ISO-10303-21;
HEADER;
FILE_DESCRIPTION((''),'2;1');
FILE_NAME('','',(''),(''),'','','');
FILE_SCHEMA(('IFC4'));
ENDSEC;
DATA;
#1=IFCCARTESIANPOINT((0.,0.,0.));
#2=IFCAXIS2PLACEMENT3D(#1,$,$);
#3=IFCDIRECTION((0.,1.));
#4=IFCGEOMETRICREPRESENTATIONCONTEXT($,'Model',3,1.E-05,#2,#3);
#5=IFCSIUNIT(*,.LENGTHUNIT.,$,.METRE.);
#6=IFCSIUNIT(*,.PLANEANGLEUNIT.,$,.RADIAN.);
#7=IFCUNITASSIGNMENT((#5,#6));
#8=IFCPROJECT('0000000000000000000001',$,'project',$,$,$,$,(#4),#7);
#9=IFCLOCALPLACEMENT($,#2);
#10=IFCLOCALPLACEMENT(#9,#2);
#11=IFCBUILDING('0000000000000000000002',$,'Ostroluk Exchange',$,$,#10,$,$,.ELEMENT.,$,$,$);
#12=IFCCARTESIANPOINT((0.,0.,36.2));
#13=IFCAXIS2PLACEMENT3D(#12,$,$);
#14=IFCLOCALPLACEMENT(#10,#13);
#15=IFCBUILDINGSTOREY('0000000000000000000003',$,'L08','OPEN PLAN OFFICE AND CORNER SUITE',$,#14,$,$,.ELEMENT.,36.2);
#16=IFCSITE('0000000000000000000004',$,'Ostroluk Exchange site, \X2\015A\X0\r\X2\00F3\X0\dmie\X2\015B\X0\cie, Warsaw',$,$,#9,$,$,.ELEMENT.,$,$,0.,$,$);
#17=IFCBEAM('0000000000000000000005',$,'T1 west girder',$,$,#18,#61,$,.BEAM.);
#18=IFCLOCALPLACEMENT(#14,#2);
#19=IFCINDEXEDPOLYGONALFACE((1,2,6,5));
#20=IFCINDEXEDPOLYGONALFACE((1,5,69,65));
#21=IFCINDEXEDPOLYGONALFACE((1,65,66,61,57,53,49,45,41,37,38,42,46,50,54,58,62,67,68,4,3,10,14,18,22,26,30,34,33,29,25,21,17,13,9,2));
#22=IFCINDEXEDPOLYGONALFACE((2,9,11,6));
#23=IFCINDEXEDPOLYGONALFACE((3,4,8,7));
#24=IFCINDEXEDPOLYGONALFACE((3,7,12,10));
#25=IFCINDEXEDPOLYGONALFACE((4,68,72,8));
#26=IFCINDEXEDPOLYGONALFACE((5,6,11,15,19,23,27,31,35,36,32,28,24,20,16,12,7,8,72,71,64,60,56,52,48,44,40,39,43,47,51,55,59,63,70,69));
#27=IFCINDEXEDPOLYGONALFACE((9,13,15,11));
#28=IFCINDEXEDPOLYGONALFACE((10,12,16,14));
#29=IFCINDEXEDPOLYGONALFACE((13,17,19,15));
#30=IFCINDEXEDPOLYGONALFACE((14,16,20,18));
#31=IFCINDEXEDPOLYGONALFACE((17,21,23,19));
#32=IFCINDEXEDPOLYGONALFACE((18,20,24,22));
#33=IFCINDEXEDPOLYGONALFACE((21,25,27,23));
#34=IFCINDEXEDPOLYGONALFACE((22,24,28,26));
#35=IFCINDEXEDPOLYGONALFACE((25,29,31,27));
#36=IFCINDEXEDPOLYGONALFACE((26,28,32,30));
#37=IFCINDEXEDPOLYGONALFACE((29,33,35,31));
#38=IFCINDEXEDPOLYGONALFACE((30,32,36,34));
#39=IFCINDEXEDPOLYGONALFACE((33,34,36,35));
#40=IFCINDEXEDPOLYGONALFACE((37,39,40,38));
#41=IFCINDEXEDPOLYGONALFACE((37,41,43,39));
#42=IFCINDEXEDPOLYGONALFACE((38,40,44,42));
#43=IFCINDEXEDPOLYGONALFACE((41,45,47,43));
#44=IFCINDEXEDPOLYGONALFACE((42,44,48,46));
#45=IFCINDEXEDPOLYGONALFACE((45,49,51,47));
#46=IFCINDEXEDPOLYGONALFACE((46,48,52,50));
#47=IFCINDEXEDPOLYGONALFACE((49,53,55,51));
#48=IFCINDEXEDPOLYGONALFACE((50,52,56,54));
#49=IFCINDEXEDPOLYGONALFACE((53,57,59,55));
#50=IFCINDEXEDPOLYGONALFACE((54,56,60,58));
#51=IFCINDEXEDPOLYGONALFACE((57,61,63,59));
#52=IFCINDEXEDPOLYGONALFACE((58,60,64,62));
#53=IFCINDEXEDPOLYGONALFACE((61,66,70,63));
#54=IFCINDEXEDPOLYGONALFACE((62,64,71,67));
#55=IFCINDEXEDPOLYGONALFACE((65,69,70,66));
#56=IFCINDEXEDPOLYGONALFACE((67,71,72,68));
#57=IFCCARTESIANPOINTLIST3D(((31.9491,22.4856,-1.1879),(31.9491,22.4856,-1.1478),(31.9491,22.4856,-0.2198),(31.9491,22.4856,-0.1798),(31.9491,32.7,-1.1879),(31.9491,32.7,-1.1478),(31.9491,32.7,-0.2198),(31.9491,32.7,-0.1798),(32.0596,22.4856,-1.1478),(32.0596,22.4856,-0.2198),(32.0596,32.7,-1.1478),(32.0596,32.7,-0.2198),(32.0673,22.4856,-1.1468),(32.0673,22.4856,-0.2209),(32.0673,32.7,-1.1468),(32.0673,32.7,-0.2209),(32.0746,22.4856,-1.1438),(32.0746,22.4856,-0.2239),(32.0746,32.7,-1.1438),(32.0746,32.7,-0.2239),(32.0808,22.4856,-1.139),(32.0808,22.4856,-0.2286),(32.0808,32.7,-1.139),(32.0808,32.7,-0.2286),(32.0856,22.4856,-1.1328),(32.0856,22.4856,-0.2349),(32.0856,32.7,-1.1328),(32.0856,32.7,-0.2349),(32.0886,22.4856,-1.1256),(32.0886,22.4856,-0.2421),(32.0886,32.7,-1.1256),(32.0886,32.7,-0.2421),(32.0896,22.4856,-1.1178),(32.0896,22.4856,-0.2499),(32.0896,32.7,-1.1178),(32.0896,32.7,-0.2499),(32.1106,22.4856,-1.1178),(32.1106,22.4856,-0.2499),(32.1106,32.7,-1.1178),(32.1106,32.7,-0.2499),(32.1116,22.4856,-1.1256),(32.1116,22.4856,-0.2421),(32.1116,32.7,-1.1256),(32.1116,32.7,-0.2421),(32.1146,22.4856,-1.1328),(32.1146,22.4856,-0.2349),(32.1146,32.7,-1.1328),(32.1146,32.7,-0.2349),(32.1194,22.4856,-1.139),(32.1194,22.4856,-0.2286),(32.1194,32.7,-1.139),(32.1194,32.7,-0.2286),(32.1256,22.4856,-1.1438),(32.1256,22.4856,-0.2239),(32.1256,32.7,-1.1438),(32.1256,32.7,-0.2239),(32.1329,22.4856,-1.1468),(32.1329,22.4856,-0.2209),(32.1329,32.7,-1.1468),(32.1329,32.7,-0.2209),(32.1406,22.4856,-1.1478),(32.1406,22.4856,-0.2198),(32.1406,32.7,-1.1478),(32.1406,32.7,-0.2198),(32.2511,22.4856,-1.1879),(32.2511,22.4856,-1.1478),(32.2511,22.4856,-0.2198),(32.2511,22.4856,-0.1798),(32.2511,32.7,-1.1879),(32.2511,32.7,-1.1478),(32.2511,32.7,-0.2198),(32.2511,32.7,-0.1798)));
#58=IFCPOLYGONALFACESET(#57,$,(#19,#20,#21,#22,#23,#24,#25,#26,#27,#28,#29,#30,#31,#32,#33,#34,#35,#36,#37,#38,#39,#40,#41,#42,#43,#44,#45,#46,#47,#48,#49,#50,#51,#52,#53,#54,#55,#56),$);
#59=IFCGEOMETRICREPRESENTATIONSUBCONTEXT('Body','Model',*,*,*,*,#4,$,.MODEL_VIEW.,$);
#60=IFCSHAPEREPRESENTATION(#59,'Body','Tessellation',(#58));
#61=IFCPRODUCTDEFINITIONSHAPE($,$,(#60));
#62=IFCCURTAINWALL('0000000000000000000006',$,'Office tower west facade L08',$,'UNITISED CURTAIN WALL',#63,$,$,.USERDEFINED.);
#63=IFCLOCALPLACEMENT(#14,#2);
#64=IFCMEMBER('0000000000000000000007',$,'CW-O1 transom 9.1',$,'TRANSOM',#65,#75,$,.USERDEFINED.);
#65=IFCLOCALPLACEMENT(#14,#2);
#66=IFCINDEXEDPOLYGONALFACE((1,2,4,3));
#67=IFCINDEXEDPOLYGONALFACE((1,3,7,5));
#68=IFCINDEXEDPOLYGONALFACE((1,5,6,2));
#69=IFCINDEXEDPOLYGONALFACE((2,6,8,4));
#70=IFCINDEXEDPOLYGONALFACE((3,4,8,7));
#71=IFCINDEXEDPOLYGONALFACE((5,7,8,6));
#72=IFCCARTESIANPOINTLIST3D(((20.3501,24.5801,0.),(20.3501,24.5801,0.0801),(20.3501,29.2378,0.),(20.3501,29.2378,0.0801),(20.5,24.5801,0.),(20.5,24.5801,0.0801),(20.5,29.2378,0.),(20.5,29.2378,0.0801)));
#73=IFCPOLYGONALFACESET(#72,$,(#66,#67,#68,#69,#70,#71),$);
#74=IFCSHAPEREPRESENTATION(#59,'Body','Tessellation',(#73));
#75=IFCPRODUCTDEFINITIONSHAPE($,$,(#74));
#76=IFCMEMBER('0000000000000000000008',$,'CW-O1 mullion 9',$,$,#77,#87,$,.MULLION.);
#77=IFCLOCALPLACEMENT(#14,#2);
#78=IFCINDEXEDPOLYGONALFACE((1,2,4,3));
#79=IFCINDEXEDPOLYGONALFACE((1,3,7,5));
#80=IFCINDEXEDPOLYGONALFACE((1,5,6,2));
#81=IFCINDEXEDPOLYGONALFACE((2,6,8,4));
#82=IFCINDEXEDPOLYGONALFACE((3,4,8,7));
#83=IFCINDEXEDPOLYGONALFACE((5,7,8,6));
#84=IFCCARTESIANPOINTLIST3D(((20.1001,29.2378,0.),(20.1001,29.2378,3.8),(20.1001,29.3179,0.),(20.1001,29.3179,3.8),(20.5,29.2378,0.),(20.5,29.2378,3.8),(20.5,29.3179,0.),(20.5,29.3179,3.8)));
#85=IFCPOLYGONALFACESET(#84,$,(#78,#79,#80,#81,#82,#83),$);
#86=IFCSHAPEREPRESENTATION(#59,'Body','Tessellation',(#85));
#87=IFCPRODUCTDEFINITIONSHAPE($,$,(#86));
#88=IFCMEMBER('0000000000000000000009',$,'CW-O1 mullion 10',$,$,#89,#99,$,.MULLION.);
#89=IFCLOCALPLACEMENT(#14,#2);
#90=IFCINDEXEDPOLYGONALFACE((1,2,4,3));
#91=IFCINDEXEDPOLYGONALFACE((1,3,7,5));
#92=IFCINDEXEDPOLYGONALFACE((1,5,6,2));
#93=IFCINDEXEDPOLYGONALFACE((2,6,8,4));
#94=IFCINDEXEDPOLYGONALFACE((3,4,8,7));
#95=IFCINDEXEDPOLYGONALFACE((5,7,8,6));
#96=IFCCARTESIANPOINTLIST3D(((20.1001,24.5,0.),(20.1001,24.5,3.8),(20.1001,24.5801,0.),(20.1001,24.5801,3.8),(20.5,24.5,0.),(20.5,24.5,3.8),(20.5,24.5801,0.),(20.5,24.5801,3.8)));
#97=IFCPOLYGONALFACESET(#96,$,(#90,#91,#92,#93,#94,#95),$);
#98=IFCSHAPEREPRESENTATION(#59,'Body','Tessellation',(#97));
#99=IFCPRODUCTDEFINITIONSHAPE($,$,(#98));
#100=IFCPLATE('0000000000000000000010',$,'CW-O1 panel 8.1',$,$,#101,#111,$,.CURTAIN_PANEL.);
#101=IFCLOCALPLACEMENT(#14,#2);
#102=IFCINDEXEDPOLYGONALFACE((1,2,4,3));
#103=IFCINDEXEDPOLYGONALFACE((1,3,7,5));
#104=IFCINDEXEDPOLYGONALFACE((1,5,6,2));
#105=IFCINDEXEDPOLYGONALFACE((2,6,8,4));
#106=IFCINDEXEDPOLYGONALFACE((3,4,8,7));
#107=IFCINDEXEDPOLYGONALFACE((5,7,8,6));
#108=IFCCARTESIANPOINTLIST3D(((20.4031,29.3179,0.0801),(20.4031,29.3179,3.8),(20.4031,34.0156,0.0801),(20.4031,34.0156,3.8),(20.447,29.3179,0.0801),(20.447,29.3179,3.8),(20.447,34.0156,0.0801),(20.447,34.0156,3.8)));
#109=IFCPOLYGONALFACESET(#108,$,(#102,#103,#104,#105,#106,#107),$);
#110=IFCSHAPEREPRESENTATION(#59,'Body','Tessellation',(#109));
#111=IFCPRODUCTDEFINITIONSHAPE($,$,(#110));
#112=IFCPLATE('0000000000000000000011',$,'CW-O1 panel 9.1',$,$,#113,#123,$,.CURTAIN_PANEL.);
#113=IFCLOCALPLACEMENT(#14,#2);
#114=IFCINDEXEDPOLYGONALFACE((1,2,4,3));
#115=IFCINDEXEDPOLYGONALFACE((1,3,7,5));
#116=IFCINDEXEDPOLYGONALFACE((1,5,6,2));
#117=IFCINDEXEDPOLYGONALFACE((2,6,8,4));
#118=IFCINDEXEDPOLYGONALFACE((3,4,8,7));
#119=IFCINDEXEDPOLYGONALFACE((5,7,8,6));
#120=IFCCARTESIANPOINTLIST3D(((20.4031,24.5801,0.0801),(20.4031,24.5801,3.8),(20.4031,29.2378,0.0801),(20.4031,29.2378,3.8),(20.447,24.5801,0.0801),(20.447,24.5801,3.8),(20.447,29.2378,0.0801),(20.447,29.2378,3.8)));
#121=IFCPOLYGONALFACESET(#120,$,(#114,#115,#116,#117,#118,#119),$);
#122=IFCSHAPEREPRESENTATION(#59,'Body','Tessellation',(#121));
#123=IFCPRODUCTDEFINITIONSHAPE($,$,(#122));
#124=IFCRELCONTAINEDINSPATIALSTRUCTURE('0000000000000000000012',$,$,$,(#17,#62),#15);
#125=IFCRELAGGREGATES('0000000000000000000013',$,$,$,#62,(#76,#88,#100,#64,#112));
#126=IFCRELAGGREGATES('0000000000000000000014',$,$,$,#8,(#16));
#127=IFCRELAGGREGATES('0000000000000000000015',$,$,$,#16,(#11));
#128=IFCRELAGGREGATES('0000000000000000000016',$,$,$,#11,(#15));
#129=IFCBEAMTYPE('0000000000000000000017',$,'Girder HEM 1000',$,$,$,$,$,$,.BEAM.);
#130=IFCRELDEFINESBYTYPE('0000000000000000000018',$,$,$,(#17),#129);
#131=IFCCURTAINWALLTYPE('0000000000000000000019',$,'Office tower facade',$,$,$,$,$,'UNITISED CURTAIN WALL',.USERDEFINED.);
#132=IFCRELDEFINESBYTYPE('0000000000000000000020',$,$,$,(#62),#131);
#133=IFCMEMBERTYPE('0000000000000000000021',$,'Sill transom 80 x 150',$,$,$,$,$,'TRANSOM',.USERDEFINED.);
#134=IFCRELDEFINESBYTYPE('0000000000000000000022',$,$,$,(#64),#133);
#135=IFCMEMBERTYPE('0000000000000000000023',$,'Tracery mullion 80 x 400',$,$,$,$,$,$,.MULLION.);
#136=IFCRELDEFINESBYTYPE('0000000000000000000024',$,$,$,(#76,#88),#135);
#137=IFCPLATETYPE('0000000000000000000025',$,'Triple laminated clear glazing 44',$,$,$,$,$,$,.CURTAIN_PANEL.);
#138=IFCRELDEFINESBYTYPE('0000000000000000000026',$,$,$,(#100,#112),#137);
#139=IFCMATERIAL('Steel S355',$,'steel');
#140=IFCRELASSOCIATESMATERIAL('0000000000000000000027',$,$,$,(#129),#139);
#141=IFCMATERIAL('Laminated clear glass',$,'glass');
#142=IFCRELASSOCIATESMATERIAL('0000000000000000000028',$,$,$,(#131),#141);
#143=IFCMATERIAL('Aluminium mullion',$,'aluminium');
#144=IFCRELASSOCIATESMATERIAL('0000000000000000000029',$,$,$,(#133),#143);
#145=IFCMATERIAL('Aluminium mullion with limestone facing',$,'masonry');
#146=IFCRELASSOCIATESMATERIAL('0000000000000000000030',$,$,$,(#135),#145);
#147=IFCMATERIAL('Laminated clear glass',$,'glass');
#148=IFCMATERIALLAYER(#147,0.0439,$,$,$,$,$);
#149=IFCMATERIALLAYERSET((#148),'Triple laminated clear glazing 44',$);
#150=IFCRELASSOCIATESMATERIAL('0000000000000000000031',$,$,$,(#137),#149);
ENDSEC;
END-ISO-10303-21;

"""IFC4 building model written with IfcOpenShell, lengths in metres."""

from ifc_helpers import new_model, si_unit, direction, frame, origin, origin_2d, place, context, subcontext, project, spatial, rectangle, i_section, extrude, material, layer, layer_set, material_profile, profile_set, type_object, element, aggregate, save


model = new_model("IFC4")

# Units and contexts
model_context = context("Model", 3, precision=1e-05, world=origin(), true_north=direction((0.0, 1.0)))
body_context = subcontext(model_context, "Body", "Model", "MODEL_VIEW")
ifc_project = project(units=[si_unit("LENGTHUNIT", "METRE"), si_unit("PLANEANGLEUNIT", "RADIAN")], contexts=[model_context])

# Site, building, storey
site_placement = place(None, origin())
site = spatial("IfcSite", under=ifc_project, at=site_placement, Name="Ostroluk Exchange site, Śródmieście, Warsaw", CompositionType="ELEMENT", RefElevation=0.0)
building_placement = place(site_placement, origin())
building = spatial("IfcBuilding", under=site, at=building_placement, Name="Ostroluk Exchange", CompositionType="ELEMENT")
storey_placement = place(building_placement, frame((0.0, 0.0, 36.2)))
storey = spatial("IfcBuildingStorey", under=building, at=storey_placement, Name="L08", Description="OPEN PLAN OFFICE AND CORNER SUITE", CompositionType="ELEMENT", Elevation=36.2)

# Beam
ifc_material_1 = material(Name="Steel S355", Category="steel")
ifc_material_profile_1 = material_profile(ifc_material_1, i_section(OverallWidth=0.302, OverallDepth=1.0081, WebThickness=0.021, FlangeThickness=0.04, FilletRadius=0.03, at=origin_2d()), Name="HEM 1000")
ifc_profile_set_1 = profile_set([ifc_material_profile_1], Name="Steel S355")
beam_type_1 = type_object("IfcBeamType", Name="Girder HEM 1000", PredefinedType="BEAM", material=ifc_profile_set_1)
beam_1_placement = place(storey_placement, frame((32.1001, 32.7, -0.6838), z_axis=(0.0, -1.0, 0.0), x_axis=(1.0, 0.0, 0.0)))
element("IfcBeam", 1, at=beam_1_placement, inside=storey, type_object=beam_type_1, Name="T1 west girder", PredefinedType="BEAM", context=body_context, shape_type="SweptSolid", body=[
    extrude(i_section(OverallWidth=0.302, OverallDepth=1.0081, WebThickness=0.021, FlangeThickness=0.04, FilletRadius=0.03, at=origin_2d()), origin(), (0.0, 0.0, 1.0), 10.2144),
])

# Curtain wall, members, plates
ifc_material_2 = material(Name="Laminated clear glass", Category="glass")
curtain_wall_type = type_object("IfcCurtainWallType", Name="Office tower facade", ElementType="UNITISED CURTAIN WALL", PredefinedType="USERDEFINED", material=ifc_material_2)
curtain_wall_placement = place(storey_placement, origin())
curtain_wall = element("IfcCurtainWall", 2, at=curtain_wall_placement, inside=storey, type_object=curtain_wall_type, Name="Office tower west facade L08", ObjectType="UNITISED CURTAIN WALL", PredefinedType="USERDEFINED")
ifc_material_3 = material(Name="Aluminium mullion", Category="aluminium")
ifc_material_profile_2 = material_profile(ifc_material_3, rectangle(XDim=0.1499, YDim=0.0801, at=origin_2d()), Name="Sill transom 80 x 150")
ifc_profile_set_2 = profile_set([ifc_material_profile_2], Name="Aluminium mullion")
member_type_1 = type_object("IfcMemberType", Name="Sill transom 80 x 150", ElementType="TRANSOM", PredefinedType="USERDEFINED", material=ifc_profile_set_2)
member_1_placement = place(storey_placement, frame((20.425, 29.2378, 0.04), z_axis=(0.0, -1.0, 0.0), x_axis=(1.0, 0.0, 0.0)))
member_1 = element("IfcMember", 3, at=member_1_placement, type_object=member_type_1, Name="CW-O1 transom 9.1", ObjectType="TRANSOM", PredefinedType="USERDEFINED", context=body_context, shape_type="SweptSolid", body=[
    extrude(rectangle(XDim=0.1499, YDim=0.0801, at=origin_2d()), origin(), (0.0, 0.0, 1.0), 4.6577),
])
ifc_material_4 = material(Name="Aluminium mullion with limestone facing", Category="masonry")
ifc_material_profile_3 = material_profile(ifc_material_4, rectangle(XDim=0.3999, YDim=0.0801, at=origin_2d()), Name="Tracery mullion 80 x 400")
ifc_profile_set_3 = profile_set([ifc_material_profile_3], Name="Aluminium mullion with limestone facing")
member_type_2 = type_object("IfcMemberType", Name="Tracery mullion 80 x 400", PredefinedType="MULLION", material=ifc_profile_set_3)
member_2_placement = place(storey_placement, frame((20.3, 29.2778, 0.0), z_axis=(0.0, 0.0, 1.0), x_axis=(1.0, 0.0, 0.0)))
member_2 = element("IfcMember", 4, at=member_2_placement, type_object=member_type_2, Name="CW-O1 mullion 9", PredefinedType="MULLION", context=body_context, shape_type="SweptSolid", body=[
    extrude(rectangle(XDim=0.3999, YDim=0.0801, at=origin_2d()), origin(), (0.0, 0.0, 1.0), 3.8),
])
member_3_placement = place(storey_placement, frame((20.3, 24.54, 0.0), z_axis=(0.0, 0.0, 1.0), x_axis=(1.0, 0.0, 0.0)))
member_3 = element("IfcMember", 5, at=member_3_placement, type_object=member_type_2, Name="CW-O1 mullion 10", PredefinedType="MULLION", context=body_context, shape_type="SweptSolid", body=[
    extrude(rectangle(XDim=0.3999, YDim=0.0801, at=origin_2d()), origin(), (0.0, 0.0, 1.0), 3.8),
])
ifc_material_5 = material(Name="Laminated clear glass", Category="glass")
ifc_layer_1 = layer(ifc_material_5, 0.0439)
ifc_layer_set_1 = layer_set([ifc_layer_1], Name="Triple laminated clear glazing 44")
plate_type = type_object("IfcPlateType", Name="Triple laminated clear glazing 44", PredefinedType="CURTAIN_PANEL", material=ifc_layer_set_1)
plate_1_placement = place(storey_placement, frame((20.425, 31.6667, 0.0801), z_axis=(0.0, 0.0, 1.0), x_axis=(0.0, -1.0, 0.0)))
plate_1 = element("IfcPlate", 6, at=plate_1_placement, type_object=plate_type, Name="CW-O1 panel 8.1", PredefinedType="CURTAIN_PANEL", context=body_context, shape_type="SweptSolid", body=[
    extrude(rectangle(XDim=4.6978, YDim=0.0439, at=origin_2d()), origin(), (0.0, 0.0, 1.0), 3.72),
])
plate_2_placement = place(storey_placement, frame((20.425, 26.9089, 0.0801), z_axis=(0.0, 0.0, 1.0), x_axis=(0.0, -1.0, 0.0)))
plate_2 = element("IfcPlate", 7, at=plate_2_placement, type_object=plate_type, Name="CW-O1 panel 9.1", PredefinedType="CURTAIN_PANEL", context=body_context, shape_type="SweptSolid", body=[
    extrude(rectangle(XDim=4.6577, YDim=0.0439, at=origin_2d()), origin(), (0.0, 0.0, 1.0), 3.72),
])
aggregate(curtain_wall, [member_2, member_3, plate_1, member_1, plate_2])

save(model, "model.ifc")
